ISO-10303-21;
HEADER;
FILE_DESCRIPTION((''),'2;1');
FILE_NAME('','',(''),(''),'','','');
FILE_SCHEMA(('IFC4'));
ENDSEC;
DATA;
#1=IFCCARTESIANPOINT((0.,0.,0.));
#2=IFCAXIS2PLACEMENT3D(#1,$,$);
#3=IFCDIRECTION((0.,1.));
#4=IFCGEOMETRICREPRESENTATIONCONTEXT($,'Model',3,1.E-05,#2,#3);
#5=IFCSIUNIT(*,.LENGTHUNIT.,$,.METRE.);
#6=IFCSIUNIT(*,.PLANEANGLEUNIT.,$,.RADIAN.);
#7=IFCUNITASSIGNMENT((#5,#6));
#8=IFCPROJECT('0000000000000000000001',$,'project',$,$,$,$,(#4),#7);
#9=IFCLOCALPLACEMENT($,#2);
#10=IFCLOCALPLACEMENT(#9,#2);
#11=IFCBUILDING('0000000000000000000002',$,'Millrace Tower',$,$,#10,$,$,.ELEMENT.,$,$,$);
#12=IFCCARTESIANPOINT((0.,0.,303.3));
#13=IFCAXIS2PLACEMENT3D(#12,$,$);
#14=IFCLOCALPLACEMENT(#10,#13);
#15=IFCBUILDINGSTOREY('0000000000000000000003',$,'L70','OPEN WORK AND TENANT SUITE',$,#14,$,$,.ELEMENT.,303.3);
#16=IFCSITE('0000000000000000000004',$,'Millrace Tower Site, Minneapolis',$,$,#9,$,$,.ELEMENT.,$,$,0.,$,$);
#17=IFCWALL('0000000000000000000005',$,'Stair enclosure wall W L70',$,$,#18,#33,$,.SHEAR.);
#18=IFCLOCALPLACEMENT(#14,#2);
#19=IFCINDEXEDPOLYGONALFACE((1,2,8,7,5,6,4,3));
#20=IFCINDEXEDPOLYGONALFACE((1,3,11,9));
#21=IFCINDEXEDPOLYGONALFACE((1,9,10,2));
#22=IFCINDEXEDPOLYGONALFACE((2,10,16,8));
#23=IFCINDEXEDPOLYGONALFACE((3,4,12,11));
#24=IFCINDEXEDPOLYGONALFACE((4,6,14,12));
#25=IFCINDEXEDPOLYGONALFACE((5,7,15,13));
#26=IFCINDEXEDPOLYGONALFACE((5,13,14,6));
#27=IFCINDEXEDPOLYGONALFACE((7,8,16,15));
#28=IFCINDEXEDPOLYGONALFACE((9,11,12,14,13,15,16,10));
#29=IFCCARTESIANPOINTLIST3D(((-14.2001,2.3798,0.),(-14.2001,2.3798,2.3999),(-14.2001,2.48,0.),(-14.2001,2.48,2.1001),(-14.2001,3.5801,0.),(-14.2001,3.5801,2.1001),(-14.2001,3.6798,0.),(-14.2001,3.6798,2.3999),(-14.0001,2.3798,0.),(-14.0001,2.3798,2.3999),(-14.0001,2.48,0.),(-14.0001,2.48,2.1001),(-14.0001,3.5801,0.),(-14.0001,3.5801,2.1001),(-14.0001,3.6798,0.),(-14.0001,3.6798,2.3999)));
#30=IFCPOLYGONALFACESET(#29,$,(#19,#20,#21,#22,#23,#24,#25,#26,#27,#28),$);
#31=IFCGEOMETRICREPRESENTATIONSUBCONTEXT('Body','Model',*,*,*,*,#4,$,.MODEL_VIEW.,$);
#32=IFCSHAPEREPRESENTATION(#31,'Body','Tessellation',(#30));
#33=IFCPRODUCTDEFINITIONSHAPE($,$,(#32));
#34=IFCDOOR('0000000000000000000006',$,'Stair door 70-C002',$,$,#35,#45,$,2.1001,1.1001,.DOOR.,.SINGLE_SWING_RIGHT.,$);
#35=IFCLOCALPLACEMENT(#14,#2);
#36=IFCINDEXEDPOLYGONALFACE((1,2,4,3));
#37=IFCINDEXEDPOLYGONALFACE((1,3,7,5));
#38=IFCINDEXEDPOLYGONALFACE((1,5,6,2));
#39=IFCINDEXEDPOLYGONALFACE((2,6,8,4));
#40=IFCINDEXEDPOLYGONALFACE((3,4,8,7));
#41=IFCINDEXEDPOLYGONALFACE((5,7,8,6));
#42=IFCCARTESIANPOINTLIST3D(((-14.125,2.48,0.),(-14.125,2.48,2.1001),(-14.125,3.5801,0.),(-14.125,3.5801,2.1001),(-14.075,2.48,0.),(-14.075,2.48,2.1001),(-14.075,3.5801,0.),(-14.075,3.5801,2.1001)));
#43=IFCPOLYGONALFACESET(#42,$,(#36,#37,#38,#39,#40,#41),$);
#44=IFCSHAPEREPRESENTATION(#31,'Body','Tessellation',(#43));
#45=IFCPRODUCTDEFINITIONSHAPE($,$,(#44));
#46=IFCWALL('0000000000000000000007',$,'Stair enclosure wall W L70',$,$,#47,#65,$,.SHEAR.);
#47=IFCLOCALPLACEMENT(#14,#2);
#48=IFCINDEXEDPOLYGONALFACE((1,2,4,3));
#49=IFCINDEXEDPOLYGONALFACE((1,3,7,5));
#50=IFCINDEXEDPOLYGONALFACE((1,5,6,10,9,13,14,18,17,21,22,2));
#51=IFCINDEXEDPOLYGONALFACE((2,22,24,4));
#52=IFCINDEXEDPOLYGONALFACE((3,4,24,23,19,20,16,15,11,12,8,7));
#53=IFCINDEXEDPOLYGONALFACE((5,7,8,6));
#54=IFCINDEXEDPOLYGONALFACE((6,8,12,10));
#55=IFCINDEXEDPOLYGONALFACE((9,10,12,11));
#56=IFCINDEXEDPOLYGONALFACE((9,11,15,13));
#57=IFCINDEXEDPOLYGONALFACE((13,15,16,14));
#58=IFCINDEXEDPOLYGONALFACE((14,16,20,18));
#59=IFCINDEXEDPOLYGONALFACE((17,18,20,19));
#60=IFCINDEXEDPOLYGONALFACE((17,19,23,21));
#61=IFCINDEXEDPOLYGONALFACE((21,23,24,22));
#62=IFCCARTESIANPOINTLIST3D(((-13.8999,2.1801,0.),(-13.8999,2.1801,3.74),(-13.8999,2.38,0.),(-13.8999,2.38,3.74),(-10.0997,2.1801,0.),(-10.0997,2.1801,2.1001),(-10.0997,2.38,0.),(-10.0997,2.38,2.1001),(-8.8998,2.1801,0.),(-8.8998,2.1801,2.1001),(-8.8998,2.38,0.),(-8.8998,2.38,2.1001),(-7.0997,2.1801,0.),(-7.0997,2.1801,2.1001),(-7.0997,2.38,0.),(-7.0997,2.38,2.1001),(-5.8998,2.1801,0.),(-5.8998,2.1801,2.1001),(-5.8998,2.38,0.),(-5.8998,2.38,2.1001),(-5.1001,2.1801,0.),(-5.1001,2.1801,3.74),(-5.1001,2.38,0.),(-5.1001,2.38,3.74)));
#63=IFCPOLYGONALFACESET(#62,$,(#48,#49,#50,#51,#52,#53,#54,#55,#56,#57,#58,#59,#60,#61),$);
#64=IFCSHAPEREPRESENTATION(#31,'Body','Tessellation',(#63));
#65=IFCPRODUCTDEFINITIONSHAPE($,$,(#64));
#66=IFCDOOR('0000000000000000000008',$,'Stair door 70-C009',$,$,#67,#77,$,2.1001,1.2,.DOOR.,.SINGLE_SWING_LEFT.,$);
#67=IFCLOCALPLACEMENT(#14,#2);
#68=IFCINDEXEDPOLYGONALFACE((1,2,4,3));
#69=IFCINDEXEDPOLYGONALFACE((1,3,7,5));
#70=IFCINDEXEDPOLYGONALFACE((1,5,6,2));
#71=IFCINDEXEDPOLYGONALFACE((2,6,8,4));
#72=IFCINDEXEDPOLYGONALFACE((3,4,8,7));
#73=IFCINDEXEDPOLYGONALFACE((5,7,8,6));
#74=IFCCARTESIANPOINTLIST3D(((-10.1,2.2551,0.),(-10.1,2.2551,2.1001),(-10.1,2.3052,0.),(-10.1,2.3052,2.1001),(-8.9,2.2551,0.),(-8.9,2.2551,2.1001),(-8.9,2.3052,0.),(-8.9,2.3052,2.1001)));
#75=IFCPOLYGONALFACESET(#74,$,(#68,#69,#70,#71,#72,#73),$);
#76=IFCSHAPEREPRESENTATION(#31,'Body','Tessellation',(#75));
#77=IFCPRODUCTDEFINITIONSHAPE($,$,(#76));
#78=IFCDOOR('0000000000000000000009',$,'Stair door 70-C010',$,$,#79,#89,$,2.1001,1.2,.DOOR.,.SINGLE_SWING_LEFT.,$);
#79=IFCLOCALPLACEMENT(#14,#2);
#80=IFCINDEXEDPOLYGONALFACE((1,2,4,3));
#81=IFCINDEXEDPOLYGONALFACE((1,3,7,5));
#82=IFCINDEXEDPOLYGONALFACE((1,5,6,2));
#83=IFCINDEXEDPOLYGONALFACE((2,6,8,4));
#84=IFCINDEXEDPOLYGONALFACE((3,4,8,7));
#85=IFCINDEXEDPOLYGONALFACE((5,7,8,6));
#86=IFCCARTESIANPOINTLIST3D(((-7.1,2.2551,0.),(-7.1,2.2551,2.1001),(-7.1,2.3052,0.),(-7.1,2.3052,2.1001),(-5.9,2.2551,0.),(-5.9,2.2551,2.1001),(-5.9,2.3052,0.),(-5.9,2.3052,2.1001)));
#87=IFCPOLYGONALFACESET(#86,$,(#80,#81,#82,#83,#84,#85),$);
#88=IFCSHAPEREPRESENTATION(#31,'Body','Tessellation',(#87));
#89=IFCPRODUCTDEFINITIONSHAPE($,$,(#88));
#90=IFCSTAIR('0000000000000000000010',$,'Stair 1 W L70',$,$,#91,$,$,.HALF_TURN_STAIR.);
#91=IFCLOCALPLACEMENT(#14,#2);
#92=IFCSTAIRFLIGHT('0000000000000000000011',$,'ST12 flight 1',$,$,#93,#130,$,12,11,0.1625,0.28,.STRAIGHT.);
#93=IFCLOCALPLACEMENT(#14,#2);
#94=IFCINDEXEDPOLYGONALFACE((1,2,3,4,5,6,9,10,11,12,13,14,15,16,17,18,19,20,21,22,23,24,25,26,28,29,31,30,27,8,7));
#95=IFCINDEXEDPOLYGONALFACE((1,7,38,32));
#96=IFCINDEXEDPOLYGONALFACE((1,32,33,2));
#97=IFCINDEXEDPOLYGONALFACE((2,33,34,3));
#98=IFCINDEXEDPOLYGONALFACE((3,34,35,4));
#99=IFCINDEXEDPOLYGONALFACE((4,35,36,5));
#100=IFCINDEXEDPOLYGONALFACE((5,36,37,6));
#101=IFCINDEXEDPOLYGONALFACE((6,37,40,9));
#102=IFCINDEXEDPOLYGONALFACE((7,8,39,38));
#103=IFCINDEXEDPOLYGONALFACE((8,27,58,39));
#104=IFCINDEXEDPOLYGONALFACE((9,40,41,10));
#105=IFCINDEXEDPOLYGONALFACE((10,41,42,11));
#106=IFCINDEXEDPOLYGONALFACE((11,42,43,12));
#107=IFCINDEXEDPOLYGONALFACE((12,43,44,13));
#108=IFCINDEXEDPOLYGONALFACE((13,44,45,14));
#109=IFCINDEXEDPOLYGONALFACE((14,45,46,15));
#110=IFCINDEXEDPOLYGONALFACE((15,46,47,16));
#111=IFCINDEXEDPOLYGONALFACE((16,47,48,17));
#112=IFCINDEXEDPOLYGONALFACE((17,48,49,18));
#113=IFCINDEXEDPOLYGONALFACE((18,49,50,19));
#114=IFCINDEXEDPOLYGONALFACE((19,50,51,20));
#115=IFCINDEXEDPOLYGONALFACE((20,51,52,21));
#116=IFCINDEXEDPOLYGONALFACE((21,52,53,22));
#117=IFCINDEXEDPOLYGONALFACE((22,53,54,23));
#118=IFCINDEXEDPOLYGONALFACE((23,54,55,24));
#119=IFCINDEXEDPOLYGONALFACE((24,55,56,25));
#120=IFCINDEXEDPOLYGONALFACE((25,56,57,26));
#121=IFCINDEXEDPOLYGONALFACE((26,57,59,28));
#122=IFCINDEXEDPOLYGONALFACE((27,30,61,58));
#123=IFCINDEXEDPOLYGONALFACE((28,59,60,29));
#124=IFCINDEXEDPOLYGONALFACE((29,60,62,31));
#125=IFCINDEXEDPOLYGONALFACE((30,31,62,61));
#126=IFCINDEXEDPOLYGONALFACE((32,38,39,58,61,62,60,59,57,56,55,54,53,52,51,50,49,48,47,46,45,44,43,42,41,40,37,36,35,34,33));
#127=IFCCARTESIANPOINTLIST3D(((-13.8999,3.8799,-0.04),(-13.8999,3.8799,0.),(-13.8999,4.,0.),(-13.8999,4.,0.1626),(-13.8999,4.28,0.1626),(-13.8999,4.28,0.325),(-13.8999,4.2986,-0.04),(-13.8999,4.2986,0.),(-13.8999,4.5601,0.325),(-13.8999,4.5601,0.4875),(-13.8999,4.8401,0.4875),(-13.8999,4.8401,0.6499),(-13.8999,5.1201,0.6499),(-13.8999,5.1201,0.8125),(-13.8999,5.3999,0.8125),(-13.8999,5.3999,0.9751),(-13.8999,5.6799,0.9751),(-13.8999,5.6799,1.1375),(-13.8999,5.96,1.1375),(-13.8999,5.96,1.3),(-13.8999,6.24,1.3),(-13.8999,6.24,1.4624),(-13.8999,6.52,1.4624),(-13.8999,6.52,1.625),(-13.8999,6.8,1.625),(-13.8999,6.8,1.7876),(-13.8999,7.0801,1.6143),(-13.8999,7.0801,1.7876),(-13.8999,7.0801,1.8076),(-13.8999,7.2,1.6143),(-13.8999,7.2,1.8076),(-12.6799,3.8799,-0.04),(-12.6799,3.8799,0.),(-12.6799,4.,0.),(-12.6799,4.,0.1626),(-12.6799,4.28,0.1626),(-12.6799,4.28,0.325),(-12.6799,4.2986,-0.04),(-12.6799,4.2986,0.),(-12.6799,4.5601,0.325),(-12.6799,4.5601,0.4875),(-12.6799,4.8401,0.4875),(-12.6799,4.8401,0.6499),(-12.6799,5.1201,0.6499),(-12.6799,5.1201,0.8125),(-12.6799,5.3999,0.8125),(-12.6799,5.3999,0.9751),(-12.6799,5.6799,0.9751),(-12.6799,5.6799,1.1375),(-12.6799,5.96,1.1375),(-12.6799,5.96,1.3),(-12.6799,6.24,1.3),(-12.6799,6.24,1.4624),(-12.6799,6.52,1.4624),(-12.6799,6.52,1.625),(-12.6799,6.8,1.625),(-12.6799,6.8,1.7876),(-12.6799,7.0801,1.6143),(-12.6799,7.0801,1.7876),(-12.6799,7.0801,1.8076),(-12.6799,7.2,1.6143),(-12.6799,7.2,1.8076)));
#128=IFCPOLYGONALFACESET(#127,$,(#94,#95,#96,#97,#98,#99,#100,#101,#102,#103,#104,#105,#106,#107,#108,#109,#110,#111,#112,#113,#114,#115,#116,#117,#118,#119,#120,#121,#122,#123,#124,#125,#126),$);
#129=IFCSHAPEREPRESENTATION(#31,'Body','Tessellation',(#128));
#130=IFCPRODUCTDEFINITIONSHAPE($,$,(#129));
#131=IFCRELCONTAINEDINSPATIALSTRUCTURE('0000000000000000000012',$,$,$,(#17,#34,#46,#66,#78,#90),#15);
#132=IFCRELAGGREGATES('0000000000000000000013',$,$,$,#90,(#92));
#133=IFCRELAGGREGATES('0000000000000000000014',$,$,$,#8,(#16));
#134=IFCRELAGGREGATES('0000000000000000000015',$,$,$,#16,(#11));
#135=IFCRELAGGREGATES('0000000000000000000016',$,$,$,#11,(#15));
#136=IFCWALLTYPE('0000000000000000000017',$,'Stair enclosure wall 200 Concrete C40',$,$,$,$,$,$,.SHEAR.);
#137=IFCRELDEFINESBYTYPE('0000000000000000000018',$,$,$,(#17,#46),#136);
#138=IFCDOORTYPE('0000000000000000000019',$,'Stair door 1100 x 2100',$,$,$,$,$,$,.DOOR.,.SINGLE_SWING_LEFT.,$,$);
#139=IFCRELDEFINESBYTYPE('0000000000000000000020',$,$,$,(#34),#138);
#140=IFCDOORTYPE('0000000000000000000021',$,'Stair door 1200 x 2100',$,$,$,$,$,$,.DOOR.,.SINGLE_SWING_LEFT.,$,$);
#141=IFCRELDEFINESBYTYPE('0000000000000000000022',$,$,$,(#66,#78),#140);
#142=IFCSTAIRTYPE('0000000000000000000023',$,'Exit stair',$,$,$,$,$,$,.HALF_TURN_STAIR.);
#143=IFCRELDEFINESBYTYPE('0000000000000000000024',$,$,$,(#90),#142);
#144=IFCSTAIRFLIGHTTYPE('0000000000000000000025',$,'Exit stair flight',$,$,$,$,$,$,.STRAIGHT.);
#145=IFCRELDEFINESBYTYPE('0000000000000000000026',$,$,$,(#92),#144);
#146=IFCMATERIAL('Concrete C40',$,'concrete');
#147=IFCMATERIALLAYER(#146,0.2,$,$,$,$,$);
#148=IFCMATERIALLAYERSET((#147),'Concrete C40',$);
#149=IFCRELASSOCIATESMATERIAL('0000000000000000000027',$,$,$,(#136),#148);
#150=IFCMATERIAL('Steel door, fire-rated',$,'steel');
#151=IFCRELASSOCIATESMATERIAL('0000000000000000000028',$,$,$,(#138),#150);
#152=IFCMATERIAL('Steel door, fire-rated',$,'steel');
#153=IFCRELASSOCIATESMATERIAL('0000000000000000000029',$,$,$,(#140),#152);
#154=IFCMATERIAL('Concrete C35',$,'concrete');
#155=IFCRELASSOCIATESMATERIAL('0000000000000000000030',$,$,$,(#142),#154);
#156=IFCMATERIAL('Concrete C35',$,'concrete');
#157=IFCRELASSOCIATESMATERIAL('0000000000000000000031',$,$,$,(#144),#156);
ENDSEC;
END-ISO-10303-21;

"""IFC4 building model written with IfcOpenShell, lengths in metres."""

from ifc_helpers import new_model, si_unit, direction, frame, frame_2d, origin, place, context, subcontext, project, spatial, polyline, rectangle, outline, extrude, material, layer, layer_set, type_object, element, fill, aggregate, save


model = new_model("IFC4")

# Units and contexts
model_context = context("Model", 3, precision=1e-05, world=origin(), true_north=direction((0.0, 1.0)))
body_context = subcontext(model_context, "Body", "Model", "MODEL_VIEW")
ifc_project = project(units=[si_unit("LENGTHUNIT", "METRE"), si_unit("PLANEANGLEUNIT", "RADIAN")], contexts=[model_context])

# Site, building, storey
site_placement = place(None, origin())
site = spatial("IfcSite", under=ifc_project, at=site_placement, Name="Millrace Tower Site, Minneapolis", CompositionType="ELEMENT", RefElevation=0.0)
building_placement = place(site_placement, origin())
building = spatial("IfcBuilding", under=site, at=building_placement, Name="Millrace Tower", CompositionType="ELEMENT")
storey_placement = place(building_placement, frame((0.0, 0.0, 303.3)))
storey = spatial("IfcBuildingStorey", under=building, at=storey_placement, Name="L70", Description="OPEN WORK AND TENANT SUITE", CompositionType="ELEMENT", Elevation=303.3)

# Shared definitions
placement = place(storey_placement, origin())

# Wall, opening, door
ifc_material_1 = material(Name="Concrete C40", Category="concrete")
ifc_layer_1 = layer(ifc_material_1, 0.2)
ifc_layer_set_1 = layer_set([ifc_layer_1], Name="Concrete C40")
wall_type_1 = type_object("IfcWallType", Name="Stair enclosure wall 200 Concrete C40", PredefinedType="SHEAR", material=ifc_layer_set_1)
wall_1_placement = place(storey_placement, frame((-14.1001, 2.3799, 0.0), z_axis=(0.0, 0.0, 1.0), x_axis=(0.0, 1.0, 0.0)))
wall_1 = element("IfcWall", 1, at=wall_1_placement, inside=storey, type_object=wall_type_1, Name="Stair enclosure wall W L70", PredefinedType="SHEAR", context=body_context, shape_type="SweptSolid", body=[
    extrude(rectangle(XDim=1.3, YDim=0.2, at=frame_2d((0.6499, 0.0))), origin(), (0.0, 0.0, 1.0), 2.3999),
])
opening_1_placement = place(wall_1_placement, frame((0.1001, 0.0, 0.0)))
opening_1 = element("IfcOpeningElement", 2, at=opening_1_placement, cuts=wall_1, PredefinedType="OPENING", context=body_context, shape_type="SweptSolid", body=[
    extrude(rectangle(XDim=1.1001, YDim=2.1001, at=frame_2d((0.55, 1.05))), frame((0.0, 0.1099, 0.0), z_axis=(0.0, -1.0, 0.0), x_axis=(1.0, 0.0, 0.0)), (0.0, 0.0, 1.0), 0.22),
])
ifc_material_2 = material(Name="Steel door, fire-rated", Category="steel")
door_type_1 = type_object("IfcDoorType", Name="Stair door 1100 x 2100", OperationType="SINGLE_SWING_LEFT", PredefinedType="DOOR", material=ifc_material_2)
door_1_placement = place(opening_1_placement, origin())
door_1 = element("IfcDoor", 3, at=door_1_placement, inside=storey, type_object=door_type_1, Name="Stair door 70-C002", OperationType="SINGLE_SWING_RIGHT", OverallHeight=2.1001, OverallWidth=1.1001, PredefinedType="DOOR", context=body_context, shape_type="SweptSolid", body=[
    extrude(rectangle(XDim=1.1001, YDim=2.1001, at=frame_2d((0.55, 1.05))), frame((0.0, 0.0249, 0.0), z_axis=(0.0, -1.0, 0.0), x_axis=(1.0, 0.0, 0.0)), (0.0, 0.0, 1.0), 0.05),
])
fill(opening_1, door_1)

# Wall, openings, doors
wall_2_placement = place(storey_placement, frame((-13.8999, 2.28, 0.0), z_axis=(0.0, 0.0, 1.0), x_axis=(1.0, 0.0, 0.0)))
wall_2 = element("IfcWall", 4, at=wall_2_placement, inside=storey, type_object=wall_type_1, Name="Stair enclosure wall W L70", PredefinedType="SHEAR", context=body_context, shape_type="SweptSolid", body=[
    extrude(rectangle(XDim=8.7998, YDim=0.2, at=frame_2d((4.3999, 0.0))), origin(), (0.0, 0.0, 1.0), 3.74),
])
opening_2_placement = place(wall_2_placement, frame((3.8, 0.0, 0.0)))
opening_2 = element("IfcOpeningElement", 5, at=opening_2_placement, cuts=wall_2, PredefinedType="OPENING", context=body_context, shape_type="SweptSolid", body=[
    extrude(rectangle(XDim=1.2, YDim=2.1001, at=frame_2d((0.6001, 1.05))), frame((0.0, 0.1099, 0.0), z_axis=(0.0, -1.0, 0.0), x_axis=(1.0, 0.0, 0.0)), (0.0, 0.0, 1.0), 0.22),
])
opening_3_placement = place(wall_2_placement, frame((6.8, 0.0, 0.0)))
opening_3 = element("IfcOpeningElement", 6, at=opening_3_placement, cuts=wall_2, PredefinedType="OPENING", context=body_context, shape_type="SweptSolid", body=[
    extrude(rectangle(XDim=1.2, YDim=2.1001, at=frame_2d((0.6001, 1.05))), frame((0.0, 0.1099, 0.0), z_axis=(0.0, -1.0, 0.0), x_axis=(1.0, 0.0, 0.0)), (0.0, 0.0, 1.0), 0.22),
])
ifc_material_3 = material(Name="Steel door, fire-rated", Category="steel")
door_type_2 = type_object("IfcDoorType", Name="Stair door 1200 x 2100", OperationType="SINGLE_SWING_LEFT", PredefinedType="DOOR", material=ifc_material_3)
door_2_placement = place(opening_2_placement, frame((1.2, 0.0, 0.0), z_axis=(0.0, 0.0, 1.0), x_axis=(-1.0, 0.0, 0.0)))
door_2 = element("IfcDoor", 7, at=door_2_placement, inside=storey, type_object=door_type_2, Name="Stair door 70-C009", OperationType="SINGLE_SWING_LEFT", OverallHeight=2.1001, OverallWidth=1.2, PredefinedType="DOOR", context=body_context, shape_type="SweptSolid", body=[
    extrude(rectangle(XDim=1.2, YDim=2.1001, at=frame_2d((0.6001, 1.05))), frame((0.0, 0.0249, 0.0), z_axis=(0.0, -1.0, 0.0), x_axis=(1.0, 0.0, 0.0)), (0.0, 0.0, 1.0), 0.05),
])
fill(opening_2, door_2)
door_3_placement = place(opening_3_placement, frame((1.2, 0.0, 0.0), z_axis=(0.0, 0.0, 1.0), x_axis=(-1.0, 0.0, 0.0)))
door_3 = element("IfcDoor", 8, at=door_3_placement, inside=storey, type_object=door_type_2, Name="Stair door 70-C010", OperationType="SINGLE_SWING_LEFT", OverallHeight=2.1001, OverallWidth=1.2, PredefinedType="DOOR", context=body_context, shape_type="SweptSolid", body=[
    extrude(rectangle(XDim=1.2, YDim=2.1001, at=frame_2d((0.6001, 1.05))), frame((0.0, 0.0249, 0.0), z_axis=(0.0, -1.0, 0.0), x_axis=(1.0, 0.0, 0.0)), (0.0, 0.0, 1.0), 0.05),
])
fill(opening_3, door_3)

# Stair, stair flight
ifc_material_4 = material(Name="Concrete C35", Category="concrete")
stair_type = type_object("IfcStairType", Name="Exit stair", PredefinedType="HALF_TURN_STAIR", material=ifc_material_4)
stair = element("IfcStair", 9, at=placement, inside=storey, type_object=stair_type, Name="Stair 1 W L70", PredefinedType="HALF_TURN_STAIR")
ifc_material_5 = material(Name="Concrete C35", Category="concrete")
stair_flight_type = type_object("IfcStairFlightType", Name="Exit stair flight", PredefinedType="STRAIGHT", material=ifc_material_5)
stair_flight_placement = place(storey_placement, frame((-13.29, 4.0, 0.0), z_axis=(0.0, 0.0, 1.0), x_axis=(0.0, 1.0, 0.0)))
stair_flight = element("IfcStairFlight", 10, at=stair_flight_placement, type_object=stair_flight_type, Name="ST12 flight 1", NumberOfRisers=12, NumberOfTreads=11, PredefinedType="STRAIGHT", RiserHeight=0.1625, TreadLength=0.28, context=body_context, shape_type="SweptSolid", body=[
    extrude(outline(polyline([(-0.1201, -0.04), (-0.1201, 0.0), (0.0, 0.0), (0.0, 0.1626), (0.28, 0.1626), (0.28, 0.325), (0.5601, 0.325), (0.5601, 0.4875), (0.8401, 0.4875), (0.8401, 0.6499), (1.1201, 0.6499), (1.1201, 0.8125), (1.3999, 0.8125), (1.3999, 0.9751), (1.6799, 0.9751), (1.6799, 1.1375), (1.96, 1.1375), (1.96, 1.3), (2.24, 1.3), (2.24, 1.4624), (2.52, 1.4624), (2.52, 1.625), (2.8, 1.625), (2.8, 1.7876), (3.0801, 1.7876), (3.0801, 1.8076), (3.2, 1.8076), (3.2, 1.6143), (3.0801, 1.6143), (0.2986, 0.0), (0.2986, -0.04), (-0.1201, -0.04)])), frame((0.0, 0.6099, 0.0), z_axis=(0.0, -1.0, 0.0), x_axis=(1.0, 0.0, 0.0)), (0.0, 0.0, 1.0), 1.22),
])
aggregate(stair, [stair_flight])

save(model, "model.ifc")
